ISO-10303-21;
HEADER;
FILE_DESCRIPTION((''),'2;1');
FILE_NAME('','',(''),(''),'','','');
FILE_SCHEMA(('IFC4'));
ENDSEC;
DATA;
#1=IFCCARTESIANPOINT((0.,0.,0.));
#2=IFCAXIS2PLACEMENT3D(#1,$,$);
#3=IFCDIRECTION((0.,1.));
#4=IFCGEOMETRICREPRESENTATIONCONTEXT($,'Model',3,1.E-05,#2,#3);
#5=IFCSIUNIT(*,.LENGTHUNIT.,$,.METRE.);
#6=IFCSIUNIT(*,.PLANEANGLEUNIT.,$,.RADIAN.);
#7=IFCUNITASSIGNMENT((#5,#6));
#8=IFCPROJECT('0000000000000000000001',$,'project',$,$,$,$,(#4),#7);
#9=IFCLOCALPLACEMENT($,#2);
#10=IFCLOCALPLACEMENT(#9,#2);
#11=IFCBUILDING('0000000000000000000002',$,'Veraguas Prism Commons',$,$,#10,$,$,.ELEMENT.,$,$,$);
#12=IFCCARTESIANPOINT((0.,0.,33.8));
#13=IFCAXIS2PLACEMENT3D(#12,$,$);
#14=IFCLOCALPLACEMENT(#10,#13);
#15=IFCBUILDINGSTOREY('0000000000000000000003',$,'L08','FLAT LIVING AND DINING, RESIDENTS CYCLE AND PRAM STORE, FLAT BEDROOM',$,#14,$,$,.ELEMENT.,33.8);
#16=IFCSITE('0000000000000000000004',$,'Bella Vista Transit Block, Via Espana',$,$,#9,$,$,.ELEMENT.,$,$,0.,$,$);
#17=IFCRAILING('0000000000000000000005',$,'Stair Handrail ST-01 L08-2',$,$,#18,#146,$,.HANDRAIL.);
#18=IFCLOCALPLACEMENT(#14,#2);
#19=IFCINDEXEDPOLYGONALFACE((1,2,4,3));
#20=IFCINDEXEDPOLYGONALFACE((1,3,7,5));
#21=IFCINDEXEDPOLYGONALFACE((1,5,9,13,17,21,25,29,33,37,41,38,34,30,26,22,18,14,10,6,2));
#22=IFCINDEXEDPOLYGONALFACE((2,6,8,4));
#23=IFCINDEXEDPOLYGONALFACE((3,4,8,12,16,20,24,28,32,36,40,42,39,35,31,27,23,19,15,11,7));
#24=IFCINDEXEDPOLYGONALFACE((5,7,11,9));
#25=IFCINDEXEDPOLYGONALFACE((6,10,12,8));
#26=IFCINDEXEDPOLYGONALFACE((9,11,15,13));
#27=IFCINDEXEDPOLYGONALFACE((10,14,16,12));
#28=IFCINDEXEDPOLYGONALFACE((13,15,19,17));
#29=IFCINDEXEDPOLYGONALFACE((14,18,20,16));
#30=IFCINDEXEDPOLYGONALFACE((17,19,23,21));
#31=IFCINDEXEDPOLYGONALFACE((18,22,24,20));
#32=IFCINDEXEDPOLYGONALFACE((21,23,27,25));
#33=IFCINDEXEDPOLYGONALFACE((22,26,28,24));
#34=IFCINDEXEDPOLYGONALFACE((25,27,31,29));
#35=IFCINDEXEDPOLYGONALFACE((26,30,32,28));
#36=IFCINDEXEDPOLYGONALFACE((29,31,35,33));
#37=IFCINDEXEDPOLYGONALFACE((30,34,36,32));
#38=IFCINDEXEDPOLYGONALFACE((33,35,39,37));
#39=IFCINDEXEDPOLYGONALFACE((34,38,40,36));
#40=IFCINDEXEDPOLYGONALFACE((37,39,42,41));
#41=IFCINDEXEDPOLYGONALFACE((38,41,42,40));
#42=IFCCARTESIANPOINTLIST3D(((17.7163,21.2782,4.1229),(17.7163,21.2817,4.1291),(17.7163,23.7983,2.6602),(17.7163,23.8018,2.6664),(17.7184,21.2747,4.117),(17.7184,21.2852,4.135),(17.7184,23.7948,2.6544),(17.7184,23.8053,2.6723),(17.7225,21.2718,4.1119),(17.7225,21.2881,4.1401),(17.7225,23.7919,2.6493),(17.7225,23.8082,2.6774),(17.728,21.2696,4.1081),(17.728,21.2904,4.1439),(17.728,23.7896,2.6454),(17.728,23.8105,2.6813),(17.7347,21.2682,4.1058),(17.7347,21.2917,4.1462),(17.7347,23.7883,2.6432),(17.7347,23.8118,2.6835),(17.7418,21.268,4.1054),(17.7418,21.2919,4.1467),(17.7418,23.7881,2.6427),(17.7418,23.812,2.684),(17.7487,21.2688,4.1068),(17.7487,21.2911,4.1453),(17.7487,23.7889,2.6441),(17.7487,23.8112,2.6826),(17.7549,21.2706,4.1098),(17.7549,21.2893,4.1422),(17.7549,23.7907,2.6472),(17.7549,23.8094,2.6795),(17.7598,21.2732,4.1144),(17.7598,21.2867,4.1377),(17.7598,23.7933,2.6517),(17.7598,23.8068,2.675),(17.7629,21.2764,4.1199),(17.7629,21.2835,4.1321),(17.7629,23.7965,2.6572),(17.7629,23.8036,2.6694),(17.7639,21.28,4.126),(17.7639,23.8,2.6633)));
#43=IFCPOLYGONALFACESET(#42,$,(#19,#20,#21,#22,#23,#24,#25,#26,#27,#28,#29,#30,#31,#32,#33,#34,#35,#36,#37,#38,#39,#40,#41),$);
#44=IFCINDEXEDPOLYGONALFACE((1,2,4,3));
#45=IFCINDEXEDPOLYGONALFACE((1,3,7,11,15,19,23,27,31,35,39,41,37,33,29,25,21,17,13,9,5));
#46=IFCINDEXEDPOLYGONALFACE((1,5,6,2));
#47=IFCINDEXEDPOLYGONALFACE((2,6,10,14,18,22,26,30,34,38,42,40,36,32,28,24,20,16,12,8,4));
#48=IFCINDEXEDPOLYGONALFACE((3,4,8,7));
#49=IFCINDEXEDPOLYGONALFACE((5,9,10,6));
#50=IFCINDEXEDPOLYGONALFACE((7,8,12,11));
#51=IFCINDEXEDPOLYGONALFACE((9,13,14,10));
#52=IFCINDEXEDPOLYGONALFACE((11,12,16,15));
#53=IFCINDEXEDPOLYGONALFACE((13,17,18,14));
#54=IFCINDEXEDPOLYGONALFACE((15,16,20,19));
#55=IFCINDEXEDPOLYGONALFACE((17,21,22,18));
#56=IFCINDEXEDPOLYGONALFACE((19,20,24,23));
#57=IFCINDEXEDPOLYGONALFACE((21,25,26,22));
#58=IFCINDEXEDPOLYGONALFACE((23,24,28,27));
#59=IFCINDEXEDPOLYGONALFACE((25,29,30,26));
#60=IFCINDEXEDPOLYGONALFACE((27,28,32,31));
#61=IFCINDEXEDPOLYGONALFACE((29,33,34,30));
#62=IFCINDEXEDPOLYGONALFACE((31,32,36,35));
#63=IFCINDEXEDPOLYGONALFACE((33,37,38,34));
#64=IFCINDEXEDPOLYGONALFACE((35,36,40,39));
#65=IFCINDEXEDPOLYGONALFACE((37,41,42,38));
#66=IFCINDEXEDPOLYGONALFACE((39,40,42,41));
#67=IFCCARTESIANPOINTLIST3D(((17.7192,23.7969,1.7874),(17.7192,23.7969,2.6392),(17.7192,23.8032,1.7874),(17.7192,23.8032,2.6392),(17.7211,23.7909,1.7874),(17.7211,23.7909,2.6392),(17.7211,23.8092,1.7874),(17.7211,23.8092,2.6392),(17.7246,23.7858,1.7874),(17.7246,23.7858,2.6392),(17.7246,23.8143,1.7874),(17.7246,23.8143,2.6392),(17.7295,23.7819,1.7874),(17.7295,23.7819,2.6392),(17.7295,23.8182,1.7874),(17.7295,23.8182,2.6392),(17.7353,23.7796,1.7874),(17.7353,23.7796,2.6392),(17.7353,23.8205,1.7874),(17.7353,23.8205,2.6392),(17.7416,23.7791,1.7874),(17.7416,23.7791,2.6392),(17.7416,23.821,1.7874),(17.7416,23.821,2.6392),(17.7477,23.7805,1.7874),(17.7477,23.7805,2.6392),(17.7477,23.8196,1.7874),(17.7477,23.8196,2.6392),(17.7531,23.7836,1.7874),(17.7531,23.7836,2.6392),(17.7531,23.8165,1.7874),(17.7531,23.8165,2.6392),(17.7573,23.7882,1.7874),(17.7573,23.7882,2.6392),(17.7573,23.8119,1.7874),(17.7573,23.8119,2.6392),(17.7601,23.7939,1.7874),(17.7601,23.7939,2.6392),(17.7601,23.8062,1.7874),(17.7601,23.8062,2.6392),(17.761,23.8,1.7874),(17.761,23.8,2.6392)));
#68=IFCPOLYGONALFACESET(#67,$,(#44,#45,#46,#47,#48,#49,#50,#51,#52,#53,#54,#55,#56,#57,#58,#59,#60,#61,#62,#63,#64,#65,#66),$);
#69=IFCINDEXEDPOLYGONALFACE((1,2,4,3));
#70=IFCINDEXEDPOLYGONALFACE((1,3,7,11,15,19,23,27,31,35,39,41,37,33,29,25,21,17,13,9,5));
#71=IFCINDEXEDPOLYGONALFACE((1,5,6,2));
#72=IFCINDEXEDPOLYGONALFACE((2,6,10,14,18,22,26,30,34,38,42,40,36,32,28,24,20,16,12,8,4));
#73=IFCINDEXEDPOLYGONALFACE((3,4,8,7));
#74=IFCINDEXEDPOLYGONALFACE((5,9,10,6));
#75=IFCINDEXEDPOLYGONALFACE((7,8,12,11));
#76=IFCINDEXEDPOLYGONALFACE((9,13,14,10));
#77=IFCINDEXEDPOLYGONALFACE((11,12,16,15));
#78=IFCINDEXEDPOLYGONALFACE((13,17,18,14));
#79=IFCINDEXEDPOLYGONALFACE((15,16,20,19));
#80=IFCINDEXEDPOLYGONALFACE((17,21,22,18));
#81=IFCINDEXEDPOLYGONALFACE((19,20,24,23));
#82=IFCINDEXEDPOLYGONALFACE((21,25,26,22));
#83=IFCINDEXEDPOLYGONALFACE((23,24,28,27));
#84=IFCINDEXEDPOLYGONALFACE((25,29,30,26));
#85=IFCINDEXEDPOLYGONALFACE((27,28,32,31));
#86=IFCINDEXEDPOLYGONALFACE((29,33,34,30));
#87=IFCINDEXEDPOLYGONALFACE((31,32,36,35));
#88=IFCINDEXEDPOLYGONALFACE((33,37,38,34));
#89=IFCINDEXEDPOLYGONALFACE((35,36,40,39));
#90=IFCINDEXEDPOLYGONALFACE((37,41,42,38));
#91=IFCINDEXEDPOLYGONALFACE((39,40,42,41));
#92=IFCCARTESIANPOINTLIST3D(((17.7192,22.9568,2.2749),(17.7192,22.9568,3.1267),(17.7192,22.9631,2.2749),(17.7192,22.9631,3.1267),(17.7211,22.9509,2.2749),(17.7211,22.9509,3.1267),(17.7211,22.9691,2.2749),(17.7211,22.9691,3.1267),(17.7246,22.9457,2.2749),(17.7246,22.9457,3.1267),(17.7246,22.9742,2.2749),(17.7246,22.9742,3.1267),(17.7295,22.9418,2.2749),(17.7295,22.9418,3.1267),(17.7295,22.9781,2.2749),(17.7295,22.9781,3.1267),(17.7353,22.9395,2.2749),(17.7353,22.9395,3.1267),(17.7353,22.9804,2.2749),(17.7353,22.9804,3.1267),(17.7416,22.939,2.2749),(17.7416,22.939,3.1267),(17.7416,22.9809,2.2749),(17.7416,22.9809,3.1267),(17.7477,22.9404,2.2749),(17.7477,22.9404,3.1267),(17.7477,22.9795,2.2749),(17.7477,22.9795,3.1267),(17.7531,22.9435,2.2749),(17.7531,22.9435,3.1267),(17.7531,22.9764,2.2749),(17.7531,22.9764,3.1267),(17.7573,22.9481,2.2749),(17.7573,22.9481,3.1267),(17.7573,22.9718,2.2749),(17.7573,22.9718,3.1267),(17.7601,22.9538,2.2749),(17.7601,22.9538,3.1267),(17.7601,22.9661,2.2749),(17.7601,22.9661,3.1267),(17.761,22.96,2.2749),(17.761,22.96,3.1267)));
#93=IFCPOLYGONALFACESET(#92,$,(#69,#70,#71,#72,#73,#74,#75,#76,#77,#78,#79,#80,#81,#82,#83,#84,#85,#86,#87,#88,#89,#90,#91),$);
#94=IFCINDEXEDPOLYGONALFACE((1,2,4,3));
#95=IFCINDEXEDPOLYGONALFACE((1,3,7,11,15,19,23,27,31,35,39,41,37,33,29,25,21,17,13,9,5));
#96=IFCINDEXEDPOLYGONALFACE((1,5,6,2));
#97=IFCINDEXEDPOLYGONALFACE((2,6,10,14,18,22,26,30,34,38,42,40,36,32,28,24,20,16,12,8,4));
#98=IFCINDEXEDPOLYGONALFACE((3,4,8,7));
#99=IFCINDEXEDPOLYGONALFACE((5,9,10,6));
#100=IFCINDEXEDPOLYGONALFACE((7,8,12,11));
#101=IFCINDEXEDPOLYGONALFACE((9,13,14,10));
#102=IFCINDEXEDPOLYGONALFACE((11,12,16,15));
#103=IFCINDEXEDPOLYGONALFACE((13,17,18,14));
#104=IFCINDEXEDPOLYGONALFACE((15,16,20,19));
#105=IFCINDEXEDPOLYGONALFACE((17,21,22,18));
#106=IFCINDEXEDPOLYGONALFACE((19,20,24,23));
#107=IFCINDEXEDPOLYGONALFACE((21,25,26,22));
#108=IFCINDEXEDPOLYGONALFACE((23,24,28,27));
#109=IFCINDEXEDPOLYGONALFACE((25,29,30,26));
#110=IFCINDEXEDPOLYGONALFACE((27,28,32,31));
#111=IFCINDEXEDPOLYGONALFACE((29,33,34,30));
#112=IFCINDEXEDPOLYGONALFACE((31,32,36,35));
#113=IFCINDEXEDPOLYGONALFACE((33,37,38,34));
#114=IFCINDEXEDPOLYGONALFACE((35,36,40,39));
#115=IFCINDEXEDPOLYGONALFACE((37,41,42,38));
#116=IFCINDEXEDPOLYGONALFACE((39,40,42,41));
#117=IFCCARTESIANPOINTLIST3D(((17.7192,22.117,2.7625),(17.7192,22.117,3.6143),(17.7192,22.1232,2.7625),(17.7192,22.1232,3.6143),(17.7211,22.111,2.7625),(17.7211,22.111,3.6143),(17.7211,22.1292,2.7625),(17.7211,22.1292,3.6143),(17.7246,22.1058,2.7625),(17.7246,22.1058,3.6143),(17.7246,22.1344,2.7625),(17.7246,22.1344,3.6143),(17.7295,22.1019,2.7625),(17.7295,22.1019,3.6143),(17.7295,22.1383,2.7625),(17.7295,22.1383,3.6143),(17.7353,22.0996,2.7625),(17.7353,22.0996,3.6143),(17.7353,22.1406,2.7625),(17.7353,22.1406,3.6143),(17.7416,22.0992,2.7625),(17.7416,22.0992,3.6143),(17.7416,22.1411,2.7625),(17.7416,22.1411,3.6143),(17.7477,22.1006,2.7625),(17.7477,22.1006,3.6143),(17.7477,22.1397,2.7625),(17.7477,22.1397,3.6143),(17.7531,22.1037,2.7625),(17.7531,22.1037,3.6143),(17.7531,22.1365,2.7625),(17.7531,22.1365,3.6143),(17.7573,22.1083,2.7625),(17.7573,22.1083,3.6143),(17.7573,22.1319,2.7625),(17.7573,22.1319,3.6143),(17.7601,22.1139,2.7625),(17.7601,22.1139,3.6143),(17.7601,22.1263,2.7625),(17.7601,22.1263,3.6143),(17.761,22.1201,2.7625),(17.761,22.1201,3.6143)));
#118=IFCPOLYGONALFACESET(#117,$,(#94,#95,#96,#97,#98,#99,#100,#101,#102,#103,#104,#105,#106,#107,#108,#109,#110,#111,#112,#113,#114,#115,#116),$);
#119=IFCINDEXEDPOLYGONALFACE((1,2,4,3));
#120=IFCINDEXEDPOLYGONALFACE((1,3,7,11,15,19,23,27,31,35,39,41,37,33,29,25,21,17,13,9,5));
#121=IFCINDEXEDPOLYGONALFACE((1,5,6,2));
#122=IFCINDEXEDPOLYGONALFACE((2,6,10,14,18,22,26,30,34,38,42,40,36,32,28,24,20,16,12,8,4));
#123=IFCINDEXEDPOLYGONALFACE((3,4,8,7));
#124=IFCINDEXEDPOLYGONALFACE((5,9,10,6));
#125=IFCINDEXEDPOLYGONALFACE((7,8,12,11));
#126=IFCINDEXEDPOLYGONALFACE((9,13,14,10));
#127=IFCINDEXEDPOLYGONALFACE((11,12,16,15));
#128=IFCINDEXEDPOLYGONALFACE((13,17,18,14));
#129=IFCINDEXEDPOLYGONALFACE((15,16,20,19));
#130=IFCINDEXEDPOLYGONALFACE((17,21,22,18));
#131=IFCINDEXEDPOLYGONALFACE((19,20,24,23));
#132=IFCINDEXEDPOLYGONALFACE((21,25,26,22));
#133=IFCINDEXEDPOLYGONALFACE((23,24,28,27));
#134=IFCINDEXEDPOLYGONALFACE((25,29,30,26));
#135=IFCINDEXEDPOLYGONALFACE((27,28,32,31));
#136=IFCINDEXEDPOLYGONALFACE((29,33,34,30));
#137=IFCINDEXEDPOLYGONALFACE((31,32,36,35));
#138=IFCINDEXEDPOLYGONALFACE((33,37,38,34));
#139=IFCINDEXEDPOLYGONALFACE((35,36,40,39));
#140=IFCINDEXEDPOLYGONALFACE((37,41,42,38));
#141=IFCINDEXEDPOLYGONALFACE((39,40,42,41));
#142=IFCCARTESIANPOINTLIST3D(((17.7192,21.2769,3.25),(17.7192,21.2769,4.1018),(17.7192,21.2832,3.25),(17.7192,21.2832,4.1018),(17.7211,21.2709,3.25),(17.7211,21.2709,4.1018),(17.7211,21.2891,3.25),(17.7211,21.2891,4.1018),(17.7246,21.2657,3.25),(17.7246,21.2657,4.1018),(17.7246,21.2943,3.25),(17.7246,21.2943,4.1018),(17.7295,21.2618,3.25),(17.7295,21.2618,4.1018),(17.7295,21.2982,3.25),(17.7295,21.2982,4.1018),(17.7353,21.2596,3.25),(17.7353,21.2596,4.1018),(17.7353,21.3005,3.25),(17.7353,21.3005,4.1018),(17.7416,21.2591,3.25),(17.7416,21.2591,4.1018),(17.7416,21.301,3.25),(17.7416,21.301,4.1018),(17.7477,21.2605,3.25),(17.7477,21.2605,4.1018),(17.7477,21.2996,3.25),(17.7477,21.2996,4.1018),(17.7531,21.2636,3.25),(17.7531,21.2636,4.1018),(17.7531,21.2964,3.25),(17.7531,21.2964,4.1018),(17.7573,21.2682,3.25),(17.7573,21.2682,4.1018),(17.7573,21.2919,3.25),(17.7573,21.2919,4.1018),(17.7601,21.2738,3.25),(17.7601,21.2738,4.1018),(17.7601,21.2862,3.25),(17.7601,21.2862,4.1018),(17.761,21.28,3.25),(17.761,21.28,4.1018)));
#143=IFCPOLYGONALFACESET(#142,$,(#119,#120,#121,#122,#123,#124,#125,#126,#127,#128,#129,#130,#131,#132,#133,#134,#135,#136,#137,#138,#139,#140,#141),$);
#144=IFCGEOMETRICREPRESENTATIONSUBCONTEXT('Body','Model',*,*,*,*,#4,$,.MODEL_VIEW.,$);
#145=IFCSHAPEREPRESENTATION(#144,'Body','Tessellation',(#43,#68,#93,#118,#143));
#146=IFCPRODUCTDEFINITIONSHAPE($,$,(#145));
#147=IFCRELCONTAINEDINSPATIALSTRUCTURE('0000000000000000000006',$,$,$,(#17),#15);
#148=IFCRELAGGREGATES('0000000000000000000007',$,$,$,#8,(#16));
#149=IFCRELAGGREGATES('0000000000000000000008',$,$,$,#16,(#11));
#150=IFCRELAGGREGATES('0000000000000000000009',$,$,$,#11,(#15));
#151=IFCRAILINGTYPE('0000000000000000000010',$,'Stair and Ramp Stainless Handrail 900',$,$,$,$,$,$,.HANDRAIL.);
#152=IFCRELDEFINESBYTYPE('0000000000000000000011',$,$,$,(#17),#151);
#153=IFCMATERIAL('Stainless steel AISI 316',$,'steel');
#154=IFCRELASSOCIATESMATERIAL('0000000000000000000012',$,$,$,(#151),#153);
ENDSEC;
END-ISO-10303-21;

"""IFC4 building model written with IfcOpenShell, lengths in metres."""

from ifc_helpers import new_model, si_unit, direction, frame, origin, origin_2d, place, context, subcontext, project, spatial, circle, extrude, material, type_object, element, save


model = new_model("IFC4")

# Units and contexts
model_context = context("Model", 3, precision=1e-05, world=origin(), true_north=direction((0.0, 1.0)))
body_context = subcontext(model_context, "Body", "Model", "MODEL_VIEW")
ifc_project = project(units=[si_unit("LENGTHUNIT", "METRE"), si_unit("PLANEANGLEUNIT", "RADIAN")], contexts=[model_context])

# Site, building, storey
site_placement = place(None, origin())
site = spatial("IfcSite", under=ifc_project, at=site_placement, Name="Bella Vista Transit Block, Via Espana", CompositionType="ELEMENT", RefElevation=0.0)
building_placement = place(site_placement, origin())
building = spatial("IfcBuilding", under=site, at=building_placement, Name="Veraguas Prism Commons", CompositionType="ELEMENT")
storey_placement = place(building_placement, frame((0.0, 0.0, 33.8)))
storey = spatial("IfcBuildingStorey", under=building, at=storey_placement, Name="L08", Description="FLAT LIVING AND DINING, RESIDENTS CYCLE AND PRAM STORE, FLAT BEDROOM", CompositionType="ELEMENT", Elevation=33.8)

# Railing
ifc_material_1 = material(Name="Stainless steel AISI 316", Category="steel")
railing_type_1 = type_object("IfcRailingType", Name="Stair and Ramp Stainless Handrail 900", PredefinedType="HANDRAIL", material=ifc_material_1)
railing_1_placement = place(storey_placement, frame((17.74, 23.8, 1.7874)))
element("IfcRailing", 1, at=railing_1_placement, inside=storey, type_object=railing_type_1, Name="Stair Handrail ST-01 L08-2", PredefinedType="HANDRAIL", context=body_context, shape_type="SweptSolid", body=[
    extrude(circle(Radius=0.0239, at=origin_2d()), frame((0.0, 0.0, 0.876), z_axis=(0.0, -0.864877, 0.501984), x_axis=(1.0, 0.0, 0.0)), (0.0, 0.0, 1.0), 2.9138),
    extrude(circle(Radius=0.021, at=origin_2d()), origin(), (0.0, 0.0, 1.0), 0.8518),
    extrude(circle(Radius=0.021, at=origin_2d()), frame((0.0, -0.8401, 0.4875)), (0.0, 0.0, 1.0), 0.8518),
    extrude(circle(Radius=0.021, at=origin_2d()), frame((0.0, -1.6799, 0.9751)), (0.0, 0.0, 1.0), 0.8518),
    extrude(circle(Radius=0.021, at=origin_2d()), frame((0.0, -2.52, 1.4626)), (0.0, 0.0, 1.0), 0.8518),
])

save(model, "model.ifc")
